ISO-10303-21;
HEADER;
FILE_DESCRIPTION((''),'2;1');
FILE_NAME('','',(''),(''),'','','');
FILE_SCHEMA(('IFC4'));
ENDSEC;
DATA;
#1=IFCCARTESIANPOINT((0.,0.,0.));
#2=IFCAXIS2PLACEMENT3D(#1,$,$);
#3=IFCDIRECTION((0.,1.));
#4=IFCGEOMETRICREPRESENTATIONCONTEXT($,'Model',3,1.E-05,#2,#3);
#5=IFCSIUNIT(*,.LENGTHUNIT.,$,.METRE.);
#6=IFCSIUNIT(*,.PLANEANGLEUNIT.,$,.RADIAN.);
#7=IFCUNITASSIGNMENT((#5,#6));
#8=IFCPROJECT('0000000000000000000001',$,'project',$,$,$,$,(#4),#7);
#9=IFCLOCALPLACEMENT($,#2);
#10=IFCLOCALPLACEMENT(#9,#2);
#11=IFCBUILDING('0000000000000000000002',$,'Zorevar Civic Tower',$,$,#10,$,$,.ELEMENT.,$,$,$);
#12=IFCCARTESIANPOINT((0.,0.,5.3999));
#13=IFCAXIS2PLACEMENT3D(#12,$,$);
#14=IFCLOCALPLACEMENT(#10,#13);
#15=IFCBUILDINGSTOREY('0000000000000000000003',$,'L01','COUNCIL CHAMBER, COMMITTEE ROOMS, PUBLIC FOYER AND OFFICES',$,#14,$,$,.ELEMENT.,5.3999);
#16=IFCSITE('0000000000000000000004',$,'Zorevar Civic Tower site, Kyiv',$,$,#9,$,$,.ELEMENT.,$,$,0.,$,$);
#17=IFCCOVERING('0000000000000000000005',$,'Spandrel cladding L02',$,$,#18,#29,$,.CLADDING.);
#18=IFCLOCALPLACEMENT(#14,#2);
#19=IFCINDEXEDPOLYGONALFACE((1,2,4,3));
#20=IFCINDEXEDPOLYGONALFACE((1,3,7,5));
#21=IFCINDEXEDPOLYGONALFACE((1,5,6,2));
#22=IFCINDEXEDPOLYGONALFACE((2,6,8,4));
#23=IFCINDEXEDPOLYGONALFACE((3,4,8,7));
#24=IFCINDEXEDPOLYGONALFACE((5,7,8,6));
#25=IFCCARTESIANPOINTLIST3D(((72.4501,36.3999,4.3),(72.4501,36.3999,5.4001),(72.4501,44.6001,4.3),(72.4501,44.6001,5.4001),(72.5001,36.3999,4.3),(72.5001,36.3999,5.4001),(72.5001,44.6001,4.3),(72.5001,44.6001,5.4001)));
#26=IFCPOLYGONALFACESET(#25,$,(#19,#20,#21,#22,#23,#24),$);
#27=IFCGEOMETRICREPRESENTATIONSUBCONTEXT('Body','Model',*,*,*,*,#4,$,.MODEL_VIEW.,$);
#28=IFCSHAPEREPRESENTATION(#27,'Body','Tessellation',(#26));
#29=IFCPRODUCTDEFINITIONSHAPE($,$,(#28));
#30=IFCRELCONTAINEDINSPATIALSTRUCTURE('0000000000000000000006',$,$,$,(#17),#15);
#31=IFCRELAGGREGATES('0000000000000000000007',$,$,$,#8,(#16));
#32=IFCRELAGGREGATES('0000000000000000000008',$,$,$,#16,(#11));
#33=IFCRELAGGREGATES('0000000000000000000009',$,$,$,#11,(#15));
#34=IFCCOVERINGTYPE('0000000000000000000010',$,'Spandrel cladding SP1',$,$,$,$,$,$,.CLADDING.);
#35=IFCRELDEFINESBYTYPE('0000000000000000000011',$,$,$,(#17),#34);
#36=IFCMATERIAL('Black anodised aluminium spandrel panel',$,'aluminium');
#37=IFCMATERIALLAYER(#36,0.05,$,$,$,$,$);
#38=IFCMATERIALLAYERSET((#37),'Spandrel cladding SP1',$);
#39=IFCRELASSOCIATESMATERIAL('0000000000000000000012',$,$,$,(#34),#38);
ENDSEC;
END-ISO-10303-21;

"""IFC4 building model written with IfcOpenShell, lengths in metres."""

from ifc_helpers import new_model, si_unit, direction, frame, frame_2d, origin, place, context, subcontext, project, spatial, rectangle, extrude, material, layer, layer_set, type_object, element, save


model = new_model("IFC4")

# Units and contexts
model_context = context("Model", 3, precision=1e-05, world=origin(), true_north=direction((0.0, 1.0)))
body_context = subcontext(model_context, "Body", "Model", "MODEL_VIEW")
ifc_project = project(units=[si_unit("LENGTHUNIT", "METRE"), si_unit("PLANEANGLEUNIT", "RADIAN")], contexts=[model_context])

# Site, building, storey
site_placement = place(None, origin())
site = spatial("IfcSite", under=ifc_project, at=site_placement, Name="Zorevar Civic Tower site, Kyiv", CompositionType="ELEMENT", RefElevation=0.0)
building_placement = place(site_placement, origin())
building = spatial("IfcBuilding", under=site, at=building_placement, Name="Zorevar Civic Tower", CompositionType="ELEMENT")
storey_placement = place(building_placement, frame((0.0, 0.0, 5.3999)))
storey = spatial("IfcBuildingStorey", under=building, at=storey_placement, Name="L01", Description="COUNCIL CHAMBER, COMMITTEE ROOMS, PUBLIC FOYER AND OFFICES", CompositionType="ELEMENT", Elevation=5.3999)

# Covering
ifc_material_1 = material(Name="Black anodised aluminium spandrel panel", Category="aluminium")
ifc_layer_1 = layer(ifc_material_1, 0.05)
ifc_layer_set_1 = layer_set([ifc_layer_1], Name="Spandrel cladding SP1")
covering_type = type_object("IfcCoveringType", Name="Spandrel cladding SP1", PredefinedType="CLADDING", material=ifc_layer_set_1)
for number, where, z_axis, x_axis, name in (
    (1, (72.4751, 36.3999, 4.3), (0.0, 0.0, 1.0), (0.0, 1.0, 0.0), "Spandrel cladding L02"),
):
    element("IfcCovering", number, at=place(storey_placement, frame(where, z_axis=z_axis, x_axis=x_axis)), inside=storey, type_object=covering_type, Name=name, PredefinedType="CLADDING", context=body_context, shape_type="SweptSolid", body=[
        extrude(rectangle(XDim=8.2002, YDim=0.05, at=frame_2d((4.1001, 0.0))), origin(), (0.0, 0.0, 1.0), 1.1001),
    ])

save(model, "model.ifc")
